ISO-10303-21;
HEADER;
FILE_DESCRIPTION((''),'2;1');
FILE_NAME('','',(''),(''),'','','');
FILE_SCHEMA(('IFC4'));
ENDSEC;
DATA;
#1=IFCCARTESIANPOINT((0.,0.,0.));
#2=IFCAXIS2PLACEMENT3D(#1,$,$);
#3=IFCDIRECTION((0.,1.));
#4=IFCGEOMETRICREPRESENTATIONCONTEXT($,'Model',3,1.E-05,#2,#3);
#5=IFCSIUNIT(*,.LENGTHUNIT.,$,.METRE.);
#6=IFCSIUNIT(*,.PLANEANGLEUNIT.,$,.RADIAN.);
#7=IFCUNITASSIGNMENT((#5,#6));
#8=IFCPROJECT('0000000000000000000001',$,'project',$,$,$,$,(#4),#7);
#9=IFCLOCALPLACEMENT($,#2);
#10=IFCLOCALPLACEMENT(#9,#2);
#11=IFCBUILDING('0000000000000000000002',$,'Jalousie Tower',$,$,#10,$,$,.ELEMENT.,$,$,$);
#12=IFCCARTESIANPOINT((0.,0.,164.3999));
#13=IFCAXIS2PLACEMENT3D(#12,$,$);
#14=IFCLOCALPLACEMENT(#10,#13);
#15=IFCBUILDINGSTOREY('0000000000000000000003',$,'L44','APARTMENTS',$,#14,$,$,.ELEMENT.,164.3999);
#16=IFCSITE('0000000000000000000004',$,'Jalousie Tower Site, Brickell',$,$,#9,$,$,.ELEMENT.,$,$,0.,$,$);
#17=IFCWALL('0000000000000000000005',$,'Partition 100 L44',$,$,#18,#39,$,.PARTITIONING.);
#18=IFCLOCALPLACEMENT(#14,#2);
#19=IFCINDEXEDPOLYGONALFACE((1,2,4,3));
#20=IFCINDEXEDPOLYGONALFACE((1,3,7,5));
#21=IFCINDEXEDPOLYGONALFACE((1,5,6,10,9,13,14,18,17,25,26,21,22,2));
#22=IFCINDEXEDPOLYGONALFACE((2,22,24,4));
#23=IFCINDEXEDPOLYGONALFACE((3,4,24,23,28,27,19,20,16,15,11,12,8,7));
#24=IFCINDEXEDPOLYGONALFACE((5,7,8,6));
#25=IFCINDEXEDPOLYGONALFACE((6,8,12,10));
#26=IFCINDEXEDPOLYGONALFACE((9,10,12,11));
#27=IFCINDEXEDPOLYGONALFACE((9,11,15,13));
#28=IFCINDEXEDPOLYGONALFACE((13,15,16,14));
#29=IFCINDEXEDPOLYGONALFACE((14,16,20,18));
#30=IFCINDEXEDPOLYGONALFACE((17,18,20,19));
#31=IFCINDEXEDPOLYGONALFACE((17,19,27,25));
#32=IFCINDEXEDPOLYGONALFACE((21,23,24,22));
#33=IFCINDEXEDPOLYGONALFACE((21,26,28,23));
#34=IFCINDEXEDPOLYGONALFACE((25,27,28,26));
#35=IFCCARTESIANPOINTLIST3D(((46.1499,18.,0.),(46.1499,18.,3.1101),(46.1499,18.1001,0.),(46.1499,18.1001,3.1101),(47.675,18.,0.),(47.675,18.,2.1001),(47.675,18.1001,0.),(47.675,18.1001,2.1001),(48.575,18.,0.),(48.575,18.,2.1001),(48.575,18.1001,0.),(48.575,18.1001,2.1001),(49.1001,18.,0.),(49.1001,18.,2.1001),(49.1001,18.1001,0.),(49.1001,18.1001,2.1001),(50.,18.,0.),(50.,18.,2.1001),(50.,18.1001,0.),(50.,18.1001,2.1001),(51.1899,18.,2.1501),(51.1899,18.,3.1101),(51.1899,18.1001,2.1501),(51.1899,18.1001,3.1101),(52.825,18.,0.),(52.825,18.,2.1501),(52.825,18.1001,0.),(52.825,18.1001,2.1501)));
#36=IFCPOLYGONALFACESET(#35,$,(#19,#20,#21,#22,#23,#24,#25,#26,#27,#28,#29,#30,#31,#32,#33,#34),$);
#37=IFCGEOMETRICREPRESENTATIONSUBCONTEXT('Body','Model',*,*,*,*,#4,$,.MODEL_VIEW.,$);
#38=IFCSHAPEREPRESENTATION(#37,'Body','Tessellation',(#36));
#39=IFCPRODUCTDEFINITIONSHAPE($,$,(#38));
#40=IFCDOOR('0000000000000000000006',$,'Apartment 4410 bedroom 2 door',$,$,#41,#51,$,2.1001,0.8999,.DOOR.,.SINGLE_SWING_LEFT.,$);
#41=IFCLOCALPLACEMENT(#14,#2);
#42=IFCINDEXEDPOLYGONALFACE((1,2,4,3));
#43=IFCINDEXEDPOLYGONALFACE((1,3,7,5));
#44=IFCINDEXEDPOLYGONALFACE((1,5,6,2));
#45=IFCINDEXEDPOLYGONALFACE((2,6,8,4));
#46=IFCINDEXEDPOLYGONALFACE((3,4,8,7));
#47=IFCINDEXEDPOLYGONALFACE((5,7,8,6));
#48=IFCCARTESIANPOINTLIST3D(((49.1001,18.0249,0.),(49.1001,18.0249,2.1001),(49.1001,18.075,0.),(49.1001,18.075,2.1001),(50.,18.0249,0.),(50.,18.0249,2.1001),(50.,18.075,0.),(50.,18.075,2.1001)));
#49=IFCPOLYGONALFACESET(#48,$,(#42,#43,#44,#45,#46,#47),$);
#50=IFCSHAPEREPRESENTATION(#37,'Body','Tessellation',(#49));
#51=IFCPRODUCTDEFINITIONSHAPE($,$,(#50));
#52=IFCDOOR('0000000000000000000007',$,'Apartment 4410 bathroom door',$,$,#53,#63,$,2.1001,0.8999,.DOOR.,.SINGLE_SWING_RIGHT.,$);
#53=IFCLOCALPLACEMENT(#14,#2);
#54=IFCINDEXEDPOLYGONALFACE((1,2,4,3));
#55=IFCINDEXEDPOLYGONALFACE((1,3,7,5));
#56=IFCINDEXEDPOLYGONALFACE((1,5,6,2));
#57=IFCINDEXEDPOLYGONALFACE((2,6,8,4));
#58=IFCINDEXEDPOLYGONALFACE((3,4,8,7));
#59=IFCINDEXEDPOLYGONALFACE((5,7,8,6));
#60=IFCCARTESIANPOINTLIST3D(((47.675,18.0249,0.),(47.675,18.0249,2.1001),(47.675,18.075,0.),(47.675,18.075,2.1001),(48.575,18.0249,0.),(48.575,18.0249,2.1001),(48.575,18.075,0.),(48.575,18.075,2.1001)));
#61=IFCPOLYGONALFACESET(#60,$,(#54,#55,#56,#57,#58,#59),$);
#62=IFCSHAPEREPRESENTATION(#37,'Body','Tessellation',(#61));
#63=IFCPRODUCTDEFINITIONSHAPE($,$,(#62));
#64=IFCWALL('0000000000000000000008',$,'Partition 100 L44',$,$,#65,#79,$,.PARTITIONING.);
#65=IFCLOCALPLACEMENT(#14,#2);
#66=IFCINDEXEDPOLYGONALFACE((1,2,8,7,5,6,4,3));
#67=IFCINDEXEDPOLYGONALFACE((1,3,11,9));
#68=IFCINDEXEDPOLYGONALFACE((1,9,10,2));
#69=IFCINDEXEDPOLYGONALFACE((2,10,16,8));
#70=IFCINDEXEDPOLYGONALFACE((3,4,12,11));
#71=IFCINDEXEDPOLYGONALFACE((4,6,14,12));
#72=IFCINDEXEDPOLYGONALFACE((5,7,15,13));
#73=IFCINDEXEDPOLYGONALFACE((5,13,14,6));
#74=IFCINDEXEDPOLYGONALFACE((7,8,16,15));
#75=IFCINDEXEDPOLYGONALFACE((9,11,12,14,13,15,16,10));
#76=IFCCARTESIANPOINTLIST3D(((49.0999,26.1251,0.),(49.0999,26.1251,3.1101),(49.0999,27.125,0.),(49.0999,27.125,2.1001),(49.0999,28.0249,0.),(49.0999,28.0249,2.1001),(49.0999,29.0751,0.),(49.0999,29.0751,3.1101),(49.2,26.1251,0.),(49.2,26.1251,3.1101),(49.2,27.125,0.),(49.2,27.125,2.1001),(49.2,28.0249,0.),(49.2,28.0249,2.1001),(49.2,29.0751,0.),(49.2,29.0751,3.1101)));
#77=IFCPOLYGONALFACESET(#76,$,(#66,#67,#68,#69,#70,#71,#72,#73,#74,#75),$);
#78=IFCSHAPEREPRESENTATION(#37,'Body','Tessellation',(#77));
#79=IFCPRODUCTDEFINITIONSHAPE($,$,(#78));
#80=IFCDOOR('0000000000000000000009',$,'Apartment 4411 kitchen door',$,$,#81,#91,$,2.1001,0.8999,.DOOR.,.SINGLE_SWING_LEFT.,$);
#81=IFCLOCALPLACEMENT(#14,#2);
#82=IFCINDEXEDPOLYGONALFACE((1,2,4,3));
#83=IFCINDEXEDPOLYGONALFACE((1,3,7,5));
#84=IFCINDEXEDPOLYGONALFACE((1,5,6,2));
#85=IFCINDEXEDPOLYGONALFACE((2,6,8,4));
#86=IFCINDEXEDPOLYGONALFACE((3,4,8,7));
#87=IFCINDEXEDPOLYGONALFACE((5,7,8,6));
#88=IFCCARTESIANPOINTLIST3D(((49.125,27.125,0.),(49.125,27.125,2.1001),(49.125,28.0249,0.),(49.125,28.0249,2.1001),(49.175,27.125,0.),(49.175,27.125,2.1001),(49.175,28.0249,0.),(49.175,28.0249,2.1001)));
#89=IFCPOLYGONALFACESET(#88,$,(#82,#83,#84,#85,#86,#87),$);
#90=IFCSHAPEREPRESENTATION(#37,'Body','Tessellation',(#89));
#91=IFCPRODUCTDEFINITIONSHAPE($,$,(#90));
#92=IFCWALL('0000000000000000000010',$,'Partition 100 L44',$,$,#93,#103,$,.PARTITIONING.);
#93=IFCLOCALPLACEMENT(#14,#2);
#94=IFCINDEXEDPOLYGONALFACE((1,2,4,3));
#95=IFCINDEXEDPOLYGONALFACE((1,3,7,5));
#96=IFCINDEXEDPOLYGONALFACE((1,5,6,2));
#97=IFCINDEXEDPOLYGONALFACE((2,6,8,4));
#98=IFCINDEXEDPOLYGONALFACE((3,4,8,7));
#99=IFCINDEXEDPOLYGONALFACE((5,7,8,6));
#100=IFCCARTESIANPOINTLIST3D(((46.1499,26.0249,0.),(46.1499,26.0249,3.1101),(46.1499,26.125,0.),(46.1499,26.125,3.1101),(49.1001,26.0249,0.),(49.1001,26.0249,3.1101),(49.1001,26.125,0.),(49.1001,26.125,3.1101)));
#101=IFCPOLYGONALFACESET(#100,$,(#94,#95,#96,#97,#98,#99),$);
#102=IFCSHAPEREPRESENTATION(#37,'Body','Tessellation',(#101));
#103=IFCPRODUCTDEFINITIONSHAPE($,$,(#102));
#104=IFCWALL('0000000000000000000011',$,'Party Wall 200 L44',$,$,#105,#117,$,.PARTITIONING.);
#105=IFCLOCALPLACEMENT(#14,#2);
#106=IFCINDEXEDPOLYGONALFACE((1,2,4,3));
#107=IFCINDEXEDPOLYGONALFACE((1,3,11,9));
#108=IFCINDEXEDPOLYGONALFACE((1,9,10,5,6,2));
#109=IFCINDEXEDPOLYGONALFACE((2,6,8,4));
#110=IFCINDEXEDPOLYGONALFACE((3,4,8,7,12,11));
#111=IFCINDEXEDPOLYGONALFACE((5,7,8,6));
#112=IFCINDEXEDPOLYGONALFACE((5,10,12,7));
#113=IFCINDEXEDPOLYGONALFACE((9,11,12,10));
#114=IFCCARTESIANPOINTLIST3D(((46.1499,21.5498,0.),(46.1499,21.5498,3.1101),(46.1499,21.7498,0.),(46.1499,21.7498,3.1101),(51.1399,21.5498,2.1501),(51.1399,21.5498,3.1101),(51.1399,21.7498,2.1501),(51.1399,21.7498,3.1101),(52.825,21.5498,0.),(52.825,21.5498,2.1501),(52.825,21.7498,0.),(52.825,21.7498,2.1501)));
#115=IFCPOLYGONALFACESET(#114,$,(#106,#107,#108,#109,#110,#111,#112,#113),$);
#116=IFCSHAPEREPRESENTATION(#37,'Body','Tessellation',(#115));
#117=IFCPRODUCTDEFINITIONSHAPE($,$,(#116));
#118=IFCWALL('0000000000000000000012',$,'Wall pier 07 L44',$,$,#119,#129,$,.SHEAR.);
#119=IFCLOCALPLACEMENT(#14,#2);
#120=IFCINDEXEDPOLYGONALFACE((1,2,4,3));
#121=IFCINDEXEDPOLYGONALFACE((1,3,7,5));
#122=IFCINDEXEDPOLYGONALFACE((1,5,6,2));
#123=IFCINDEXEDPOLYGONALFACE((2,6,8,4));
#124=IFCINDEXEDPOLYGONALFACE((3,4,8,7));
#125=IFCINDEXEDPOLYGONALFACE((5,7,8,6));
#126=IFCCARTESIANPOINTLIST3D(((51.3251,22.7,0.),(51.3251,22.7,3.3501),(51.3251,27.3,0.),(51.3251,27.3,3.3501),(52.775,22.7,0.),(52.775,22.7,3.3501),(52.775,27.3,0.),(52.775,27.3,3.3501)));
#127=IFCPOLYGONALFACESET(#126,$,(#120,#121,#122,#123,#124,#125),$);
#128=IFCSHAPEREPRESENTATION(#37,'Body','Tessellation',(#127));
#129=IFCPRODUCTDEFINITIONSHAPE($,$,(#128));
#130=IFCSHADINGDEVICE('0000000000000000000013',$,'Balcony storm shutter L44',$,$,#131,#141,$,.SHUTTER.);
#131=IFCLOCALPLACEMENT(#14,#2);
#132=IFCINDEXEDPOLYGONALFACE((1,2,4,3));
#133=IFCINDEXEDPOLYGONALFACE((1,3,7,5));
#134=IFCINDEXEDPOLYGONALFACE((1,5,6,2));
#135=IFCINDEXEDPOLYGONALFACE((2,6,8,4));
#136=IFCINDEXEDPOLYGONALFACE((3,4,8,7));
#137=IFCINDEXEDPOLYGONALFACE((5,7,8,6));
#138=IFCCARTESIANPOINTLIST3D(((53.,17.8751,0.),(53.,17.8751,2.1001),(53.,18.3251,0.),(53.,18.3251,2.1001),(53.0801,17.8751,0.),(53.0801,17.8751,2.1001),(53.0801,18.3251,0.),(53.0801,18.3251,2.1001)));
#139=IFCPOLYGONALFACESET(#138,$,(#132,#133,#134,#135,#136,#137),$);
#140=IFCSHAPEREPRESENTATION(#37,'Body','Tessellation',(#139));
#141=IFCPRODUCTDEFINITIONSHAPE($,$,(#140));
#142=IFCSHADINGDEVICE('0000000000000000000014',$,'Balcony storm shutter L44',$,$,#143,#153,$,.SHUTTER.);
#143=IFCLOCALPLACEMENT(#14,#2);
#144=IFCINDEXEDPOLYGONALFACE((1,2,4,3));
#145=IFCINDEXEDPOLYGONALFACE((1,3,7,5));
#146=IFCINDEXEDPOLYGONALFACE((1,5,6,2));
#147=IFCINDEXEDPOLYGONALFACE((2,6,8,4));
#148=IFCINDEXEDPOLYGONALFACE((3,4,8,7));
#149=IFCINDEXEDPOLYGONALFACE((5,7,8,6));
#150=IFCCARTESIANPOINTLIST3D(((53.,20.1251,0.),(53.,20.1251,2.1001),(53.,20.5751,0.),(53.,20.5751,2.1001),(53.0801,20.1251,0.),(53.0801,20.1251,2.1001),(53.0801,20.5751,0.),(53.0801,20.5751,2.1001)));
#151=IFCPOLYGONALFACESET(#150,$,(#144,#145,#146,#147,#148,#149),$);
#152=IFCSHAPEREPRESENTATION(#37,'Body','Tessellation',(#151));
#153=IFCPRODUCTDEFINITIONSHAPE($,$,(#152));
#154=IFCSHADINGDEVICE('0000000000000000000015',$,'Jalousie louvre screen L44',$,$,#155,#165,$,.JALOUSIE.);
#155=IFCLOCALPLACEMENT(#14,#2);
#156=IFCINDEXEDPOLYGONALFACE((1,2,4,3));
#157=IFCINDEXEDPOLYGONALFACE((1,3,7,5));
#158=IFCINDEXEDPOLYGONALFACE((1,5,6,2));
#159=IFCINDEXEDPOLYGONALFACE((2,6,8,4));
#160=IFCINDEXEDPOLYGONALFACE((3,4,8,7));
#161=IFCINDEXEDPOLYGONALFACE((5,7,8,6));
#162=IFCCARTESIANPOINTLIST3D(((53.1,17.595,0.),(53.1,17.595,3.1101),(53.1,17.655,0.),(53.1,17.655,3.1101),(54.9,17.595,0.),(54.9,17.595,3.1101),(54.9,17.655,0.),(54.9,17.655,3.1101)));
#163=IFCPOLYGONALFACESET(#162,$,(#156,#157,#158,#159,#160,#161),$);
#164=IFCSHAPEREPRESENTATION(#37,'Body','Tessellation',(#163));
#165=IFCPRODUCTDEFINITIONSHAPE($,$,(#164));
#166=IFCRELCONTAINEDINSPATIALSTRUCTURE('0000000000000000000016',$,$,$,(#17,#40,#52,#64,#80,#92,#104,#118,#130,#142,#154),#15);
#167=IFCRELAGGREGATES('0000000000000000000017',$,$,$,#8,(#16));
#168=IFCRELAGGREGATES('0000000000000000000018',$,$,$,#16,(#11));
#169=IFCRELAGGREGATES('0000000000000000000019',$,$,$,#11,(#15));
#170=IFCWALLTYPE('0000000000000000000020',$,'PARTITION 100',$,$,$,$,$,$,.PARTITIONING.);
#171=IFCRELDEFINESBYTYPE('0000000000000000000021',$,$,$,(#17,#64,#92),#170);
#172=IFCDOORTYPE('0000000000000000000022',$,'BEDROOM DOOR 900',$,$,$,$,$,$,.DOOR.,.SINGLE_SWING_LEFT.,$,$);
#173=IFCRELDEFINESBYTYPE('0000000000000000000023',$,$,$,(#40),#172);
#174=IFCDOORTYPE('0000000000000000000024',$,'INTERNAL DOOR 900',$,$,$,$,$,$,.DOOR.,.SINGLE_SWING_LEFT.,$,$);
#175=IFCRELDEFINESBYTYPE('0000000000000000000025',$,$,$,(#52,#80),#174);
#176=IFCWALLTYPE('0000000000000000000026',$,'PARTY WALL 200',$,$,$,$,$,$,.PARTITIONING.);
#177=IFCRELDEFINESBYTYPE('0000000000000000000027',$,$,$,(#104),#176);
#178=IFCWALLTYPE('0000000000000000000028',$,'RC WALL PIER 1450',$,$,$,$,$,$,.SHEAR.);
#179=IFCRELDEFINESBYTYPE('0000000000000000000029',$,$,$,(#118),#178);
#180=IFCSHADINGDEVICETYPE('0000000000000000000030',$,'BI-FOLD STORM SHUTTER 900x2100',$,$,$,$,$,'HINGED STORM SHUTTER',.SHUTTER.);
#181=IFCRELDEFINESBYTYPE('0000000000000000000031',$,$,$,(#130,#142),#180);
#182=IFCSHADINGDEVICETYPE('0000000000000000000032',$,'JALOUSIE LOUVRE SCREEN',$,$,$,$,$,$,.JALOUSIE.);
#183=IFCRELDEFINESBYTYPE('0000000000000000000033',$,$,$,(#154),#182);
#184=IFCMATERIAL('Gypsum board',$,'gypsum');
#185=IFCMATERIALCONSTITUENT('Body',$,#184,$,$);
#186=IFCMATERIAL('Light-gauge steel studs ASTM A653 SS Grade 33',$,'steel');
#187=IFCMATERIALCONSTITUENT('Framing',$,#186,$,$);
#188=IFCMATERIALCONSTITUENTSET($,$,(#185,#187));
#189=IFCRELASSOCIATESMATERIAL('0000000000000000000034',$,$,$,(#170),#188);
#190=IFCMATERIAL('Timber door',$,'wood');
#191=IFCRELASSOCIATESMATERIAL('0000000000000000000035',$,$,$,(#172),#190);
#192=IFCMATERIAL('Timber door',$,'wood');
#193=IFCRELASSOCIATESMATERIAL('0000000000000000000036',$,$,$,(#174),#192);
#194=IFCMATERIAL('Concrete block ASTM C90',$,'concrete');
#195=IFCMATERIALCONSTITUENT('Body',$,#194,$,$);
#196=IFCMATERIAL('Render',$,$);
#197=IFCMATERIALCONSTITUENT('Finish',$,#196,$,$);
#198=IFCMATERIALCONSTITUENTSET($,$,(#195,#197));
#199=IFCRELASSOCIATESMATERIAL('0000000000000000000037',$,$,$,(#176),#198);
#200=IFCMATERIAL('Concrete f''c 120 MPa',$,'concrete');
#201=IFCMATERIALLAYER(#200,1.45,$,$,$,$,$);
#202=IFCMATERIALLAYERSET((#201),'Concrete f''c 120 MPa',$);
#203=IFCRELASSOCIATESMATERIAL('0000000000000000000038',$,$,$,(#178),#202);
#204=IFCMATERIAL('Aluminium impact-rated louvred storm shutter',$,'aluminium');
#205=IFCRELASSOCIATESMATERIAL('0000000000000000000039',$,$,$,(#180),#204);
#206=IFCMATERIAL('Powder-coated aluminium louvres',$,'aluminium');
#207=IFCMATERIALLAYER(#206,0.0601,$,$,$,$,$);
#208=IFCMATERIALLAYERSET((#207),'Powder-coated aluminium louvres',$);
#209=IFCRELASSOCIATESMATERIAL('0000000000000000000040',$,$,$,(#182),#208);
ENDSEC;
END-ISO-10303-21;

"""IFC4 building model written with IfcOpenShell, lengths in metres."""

from ifc_helpers import new_model, si_unit, direction, frame, frame_2d, origin, origin_2d, place, context, subcontext, project, spatial, polyline, rectangle, outline, extrude, material, layer, layer_set, constituent, constituent_set, type_object, element, fill, save


model = new_model("IFC4")

# Units and contexts
model_context = context("Model", 3, precision=1e-05, world=origin(), true_north=direction((0.0, 1.0)))
body_context = subcontext(model_context, "Body", "Model", "MODEL_VIEW")
ifc_project = project(units=[si_unit("LENGTHUNIT", "METRE"), si_unit("PLANEANGLEUNIT", "RADIAN")], contexts=[model_context])

# Site, building, storey
site_placement = place(None, origin())
site = spatial("IfcSite", under=ifc_project, at=site_placement, Name="Jalousie Tower Site, Brickell", CompositionType="ELEMENT", RefElevation=0.0)
building_placement = place(site_placement, origin())
building = spatial("IfcBuilding", under=site, at=building_placement, Name="Jalousie Tower", CompositionType="ELEMENT")
storey_placement = place(building_placement, frame((0.0, 0.0, 164.3999)))
storey = spatial("IfcBuildingStorey", under=building, at=storey_placement, Name="L44", Description="APARTMENTS", CompositionType="ELEMENT", Elevation=164.3999)

# Wall, openings, doors
ifc_material_1 = material(Name="Gypsum board", Category="gypsum")
ifc_constituent_1 = constituent(ifc_material_1, Name="Body")
ifc_material_2 = material(Name="Light-gauge steel studs ASTM A653 SS Grade 33", Category="steel")
ifc_constituent_2 = constituent(ifc_material_2, Name="Framing")
ifc_constituent_set_1 = constituent_set(constituents=[ifc_constituent_1, ifc_constituent_2])
wall_type_1 = type_object("IfcWallType", Name="PARTITION 100", PredefinedType="PARTITIONING", material=ifc_constituent_set_1)
wall_1_placement = place(storey_placement, frame((52.825, 18.05, 0.0), z_axis=(0.0, 0.0, 1.0), x_axis=(-1.0, 0.0, 0.0)))
wall_1 = element("IfcWall", 1, at=wall_1_placement, inside=storey, type_object=wall_type_1, Name="Partition 100 L44", PredefinedType="PARTITIONING", context=body_context, shape_type="SweptSolid", body=[
    extrude(outline(polyline([(0.0, 0.0), (6.675, 0.0), (6.675, 3.1101), (1.635, 3.1101), (1.635, 2.1501), (0.0, 2.1501), (0.0, 3.1101), (0.0, 0.0)])), frame((0.0, 0.05, 0.0), z_axis=(0.0, -1.0, 0.0), x_axis=(1.0, 0.0, 0.0)), (0.0, 0.0, 1.0), 0.1001),
])
opening_1_placement = place(wall_1_placement, frame((2.825, 0.0, 0.0)))
opening_1 = element("IfcOpeningElement", 2, at=opening_1_placement, cuts=wall_1, PredefinedType="OPENING", context=body_context, shape_type="SweptSolid", body=[
    extrude(rectangle(XDim=0.8999, YDim=2.1001, at=frame_2d((0.45, 1.05))), frame((0.0, 0.0601, 0.0), z_axis=(0.0, -1.0, 0.0), x_axis=(1.0, 0.0, 0.0)), (0.0, 0.0, 1.0), 0.1201),
])
opening_2_placement = place(wall_1_placement, frame((4.25, 0.0, 0.0)))
opening_2 = element("IfcOpeningElement", 3, at=opening_2_placement, cuts=wall_1, PredefinedType="OPENING", context=body_context, shape_type="SweptSolid", body=[
    extrude(rectangle(XDim=0.8999, YDim=2.1001, at=frame_2d((0.45, 1.05))), frame((0.0, 0.0601, 0.0), z_axis=(0.0, -1.0, 0.0), x_axis=(1.0, 0.0, 0.0)), (0.0, 0.0, 1.0), 0.1201),
])
ifc_material_3 = material(Name="Timber door", Category="wood")
door_type_1 = type_object("IfcDoorType", Name="BEDROOM DOOR 900", OperationType="SINGLE_SWING_LEFT", PredefinedType="DOOR", material=ifc_material_3)
door_1_placement = place(opening_1_placement, frame((0.8999, 0.0, 0.0), z_axis=(0.0, 0.0, 1.0), x_axis=(-1.0, 0.0, 0.0)))
door_1 = element("IfcDoor", 4, at=door_1_placement, inside=storey, type_object=door_type_1, Name="Apartment 4410 bedroom 2 door", OperationType="SINGLE_SWING_LEFT", OverallHeight=2.1001, OverallWidth=0.8999, PredefinedType="DOOR", context=body_context, shape_type="SweptSolid", body=[
    extrude(rectangle(XDim=0.8999, YDim=2.1001, at=frame_2d((0.45, 1.05))), frame((0.0, 0.0249, 0.0), z_axis=(0.0, -1.0, 0.0), x_axis=(1.0, 0.0, 0.0)), (0.0, 0.0, 1.0), 0.05),
])
fill(opening_1, door_1)
ifc_material_4 = material(Name="Timber door", Category="wood")
door_type_2 = type_object("IfcDoorType", Name="INTERNAL DOOR 900", OperationType="SINGLE_SWING_LEFT", PredefinedType="DOOR", material=ifc_material_4)
door_2_placement = place(opening_2_placement, frame((0.8999, 0.0, 0.0), z_axis=(0.0, 0.0, 1.0), x_axis=(-1.0, 0.0, 0.0)))
door_2 = element("IfcDoor", 5, at=door_2_placement, inside=storey, type_object=door_type_2, Name="Apartment 4410 bathroom door", OperationType="SINGLE_SWING_RIGHT", OverallHeight=2.1001, OverallWidth=0.8999, PredefinedType="DOOR", context=body_context, shape_type="SweptSolid", body=[
    extrude(rectangle(XDim=0.8999, YDim=2.1001, at=frame_2d((0.45, 1.05))), frame((0.0, 0.0249, 0.0), z_axis=(0.0, -1.0, 0.0), x_axis=(1.0, 0.0, 0.0)), (0.0, 0.0, 1.0), 0.05),
])
fill(opening_2, door_2)

# Wall, opening, door
wall_2_placement = place(storey_placement, frame((49.1499, 26.125, 0.0), z_axis=(0.0, 0.0, 1.0), x_axis=(0.0, 1.0, 0.0)))
wall_2 = element("IfcWall", 6, at=wall_2_placement, inside=storey, type_object=wall_type_1, Name="Partition 100 L44", PredefinedType="PARTITIONING", context=body_context, shape_type="SweptSolid", body=[
    extrude(rectangle(XDim=2.95, YDim=0.1001, at=frame_2d((1.4751, 0.0))), origin(), (0.0, 0.0, 1.0), 3.1101),
])
opening_3_placement = place(wall_2_placement, frame((1.0, 0.0, 0.0)))
opening_3 = element("IfcOpeningElement", 7, at=opening_3_placement, cuts=wall_2, PredefinedType="OPENING", context=body_context, shape_type="SweptSolid", body=[
    extrude(rectangle(XDim=0.8999, YDim=2.1001, at=frame_2d((0.45, 1.05))), frame((0.0, 0.0601, 0.0), z_axis=(0.0, -1.0, 0.0), x_axis=(1.0, 0.0, 0.0)), (0.0, 0.0, 1.0), 0.1201),
])
door_3_placement = place(opening_3_placement, origin())
door_3 = element("IfcDoor", 8, at=door_3_placement, inside=storey, type_object=door_type_2, Name="Apartment 4411 kitchen door", OperationType="SINGLE_SWING_LEFT", OverallHeight=2.1001, OverallWidth=0.8999, PredefinedType="DOOR", context=body_context, shape_type="SweptSolid", body=[
    extrude(rectangle(XDim=0.8999, YDim=2.1001, at=frame_2d((0.45, 1.05))), frame((0.0, 0.0249, 0.0), z_axis=(0.0, -1.0, 0.0), x_axis=(1.0, 0.0, 0.0)), (0.0, 0.0, 1.0), 0.05),
])
fill(opening_3, door_3)

# Walls
wall_3_placement = place(storey_placement, frame((49.1001, 26.075, 0.0), z_axis=(0.0, 0.0, 1.0), x_axis=(-1.0, 0.0, 0.0)))
element("IfcWall", 9, at=wall_3_placement, inside=storey, type_object=wall_type_1, Name="Partition 100 L44", PredefinedType="PARTITIONING", context=body_context, shape_type="SweptSolid", body=[
    extrude(rectangle(XDim=2.9502, YDim=0.1001, at=frame_2d((1.4751, 0.0))), origin(), (0.0, 0.0, 1.0), 3.1101),
])
ifc_material_5 = material(Name="Concrete block ASTM C90", Category="concrete")
ifc_constituent_3 = constituent(ifc_material_5, Name="Body")
ifc_material_6 = material(Name="Render")
ifc_constituent_4 = constituent(ifc_material_6, Name="Finish")
ifc_constituent_set_2 = constituent_set(constituents=[ifc_constituent_3, ifc_constituent_4])
wall_type_2 = type_object("IfcWallType", Name="PARTY WALL 200", PredefinedType="PARTITIONING", material=ifc_constituent_set_2)
wall_4_placement = place(storey_placement, frame((52.825, 21.6499, 0.0), z_axis=(0.0, 0.0, 1.0), x_axis=(-1.0, 0.0, 0.0)))
element("IfcWall", 10, at=wall_4_placement, inside=storey, type_object=wall_type_2, Name="Party Wall 200 L44", PredefinedType="PARTITIONING", context=body_context, shape_type="SweptSolid", body=[
    extrude(outline(polyline([(0.0, 0.0), (6.675, 0.0), (6.675, 3.1101), (1.6851, 3.1101), (1.6851, 2.1501), (0.0, 2.1501), (0.0, 3.1101), (0.0, 0.0)])), frame((0.0, 0.1001, 0.0), z_axis=(0.0, -1.0, 0.0), x_axis=(1.0, 0.0, 0.0)), (0.0, 0.0, 1.0), 0.2),
])
ifc_material_7 = material(Name="Concrete f'c 120 MPa", Category="concrete")
ifc_layer_1 = layer(ifc_material_7, 1.45)
ifc_layer_set_1 = layer_set([ifc_layer_1], Name="Concrete f'c 120 MPa")
wall_type_3 = type_object("IfcWallType", Name="RC WALL PIER 1450", PredefinedType="SHEAR", material=ifc_layer_set_1)
wall_5_placement = place(storey_placement, frame((52.05, 22.7, 0.0), z_axis=(0.0, 0.0, 1.0), x_axis=(0.0, 1.0, 0.0)))
element("IfcWall", 11, at=wall_5_placement, inside=storey, type_object=wall_type_3, Name="Wall pier 07 L44", PredefinedType="SHEAR", context=body_context, shape_type="SweptSolid", body=[
    extrude(rectangle(XDim=4.6001, YDim=1.45, at=frame_2d((2.3, 0.0))), origin(), (0.0, 0.0, 1.0), 3.3501),
])

# Shading devices
ifc_material_8 = material(Name="Aluminium impact-rated louvred storm shutter", Category="aluminium")
shading_device_type_1 = type_object("IfcShadingDeviceType", Name="BI-FOLD STORM SHUTTER 900x2100", ElementType="HINGED STORM SHUTTER", PredefinedType="SHUTTER", material=ifc_material_8)
for number, where, z_axis, x_axis, name in (
    (12, (53.04, 18.1001, 0.0), (0.0, 0.0, 1.0), (0.0, 1.0, 0.0), "Balcony storm shutter L44"),
    (13, (53.04, 20.3501, 0.0), (0.0, 0.0, 1.0), (0.0, 1.0, 0.0), "Balcony storm shutter L44"),
):
    element("IfcShadingDevice", number, at=place(storey_placement, frame(where, z_axis=z_axis, x_axis=x_axis)), inside=storey, type_object=shading_device_type_1, Name=name, PredefinedType="SHUTTER", context=body_context, shape_type="SweptSolid", body=[
        extrude(rectangle(XDim=0.45, YDim=0.0801, at=origin_2d()), origin(), (0.0, 0.0, 1.0), 2.1001),
    ])

# Shading device
ifc_material_9 = material(Name="Powder-coated aluminium louvres", Category="aluminium")
ifc_layer_2 = layer(ifc_material_9, 0.0601)
ifc_layer_set_2 = layer_set([ifc_layer_2], Name="Powder-coated aluminium louvres")
shading_device_type_2 = type_object("IfcShadingDeviceType", Name="JALOUSIE LOUVRE SCREEN", PredefinedType="JALOUSIE", material=ifc_layer_set_2)
for number, where, z_axis, x_axis, name in (
    (14, (54.0, 17.625, 0.0), (0.0, 0.0, 1.0), (0.0, 1.0, 0.0), "Jalousie louvre screen L44"),
):
    element("IfcShadingDevice", number, at=place(storey_placement, frame(where, z_axis=z_axis, x_axis=x_axis)), inside=storey, type_object=shading_device_type_2, Name=name, PredefinedType="JALOUSIE", context=body_context, shape_type="SweptSolid", body=[
        extrude(rectangle(XDim=0.0601, YDim=1.8, at=origin_2d()), origin(), (0.0, 0.0, 1.0), 3.1101),
    ])

save(model, "model.ifc")
